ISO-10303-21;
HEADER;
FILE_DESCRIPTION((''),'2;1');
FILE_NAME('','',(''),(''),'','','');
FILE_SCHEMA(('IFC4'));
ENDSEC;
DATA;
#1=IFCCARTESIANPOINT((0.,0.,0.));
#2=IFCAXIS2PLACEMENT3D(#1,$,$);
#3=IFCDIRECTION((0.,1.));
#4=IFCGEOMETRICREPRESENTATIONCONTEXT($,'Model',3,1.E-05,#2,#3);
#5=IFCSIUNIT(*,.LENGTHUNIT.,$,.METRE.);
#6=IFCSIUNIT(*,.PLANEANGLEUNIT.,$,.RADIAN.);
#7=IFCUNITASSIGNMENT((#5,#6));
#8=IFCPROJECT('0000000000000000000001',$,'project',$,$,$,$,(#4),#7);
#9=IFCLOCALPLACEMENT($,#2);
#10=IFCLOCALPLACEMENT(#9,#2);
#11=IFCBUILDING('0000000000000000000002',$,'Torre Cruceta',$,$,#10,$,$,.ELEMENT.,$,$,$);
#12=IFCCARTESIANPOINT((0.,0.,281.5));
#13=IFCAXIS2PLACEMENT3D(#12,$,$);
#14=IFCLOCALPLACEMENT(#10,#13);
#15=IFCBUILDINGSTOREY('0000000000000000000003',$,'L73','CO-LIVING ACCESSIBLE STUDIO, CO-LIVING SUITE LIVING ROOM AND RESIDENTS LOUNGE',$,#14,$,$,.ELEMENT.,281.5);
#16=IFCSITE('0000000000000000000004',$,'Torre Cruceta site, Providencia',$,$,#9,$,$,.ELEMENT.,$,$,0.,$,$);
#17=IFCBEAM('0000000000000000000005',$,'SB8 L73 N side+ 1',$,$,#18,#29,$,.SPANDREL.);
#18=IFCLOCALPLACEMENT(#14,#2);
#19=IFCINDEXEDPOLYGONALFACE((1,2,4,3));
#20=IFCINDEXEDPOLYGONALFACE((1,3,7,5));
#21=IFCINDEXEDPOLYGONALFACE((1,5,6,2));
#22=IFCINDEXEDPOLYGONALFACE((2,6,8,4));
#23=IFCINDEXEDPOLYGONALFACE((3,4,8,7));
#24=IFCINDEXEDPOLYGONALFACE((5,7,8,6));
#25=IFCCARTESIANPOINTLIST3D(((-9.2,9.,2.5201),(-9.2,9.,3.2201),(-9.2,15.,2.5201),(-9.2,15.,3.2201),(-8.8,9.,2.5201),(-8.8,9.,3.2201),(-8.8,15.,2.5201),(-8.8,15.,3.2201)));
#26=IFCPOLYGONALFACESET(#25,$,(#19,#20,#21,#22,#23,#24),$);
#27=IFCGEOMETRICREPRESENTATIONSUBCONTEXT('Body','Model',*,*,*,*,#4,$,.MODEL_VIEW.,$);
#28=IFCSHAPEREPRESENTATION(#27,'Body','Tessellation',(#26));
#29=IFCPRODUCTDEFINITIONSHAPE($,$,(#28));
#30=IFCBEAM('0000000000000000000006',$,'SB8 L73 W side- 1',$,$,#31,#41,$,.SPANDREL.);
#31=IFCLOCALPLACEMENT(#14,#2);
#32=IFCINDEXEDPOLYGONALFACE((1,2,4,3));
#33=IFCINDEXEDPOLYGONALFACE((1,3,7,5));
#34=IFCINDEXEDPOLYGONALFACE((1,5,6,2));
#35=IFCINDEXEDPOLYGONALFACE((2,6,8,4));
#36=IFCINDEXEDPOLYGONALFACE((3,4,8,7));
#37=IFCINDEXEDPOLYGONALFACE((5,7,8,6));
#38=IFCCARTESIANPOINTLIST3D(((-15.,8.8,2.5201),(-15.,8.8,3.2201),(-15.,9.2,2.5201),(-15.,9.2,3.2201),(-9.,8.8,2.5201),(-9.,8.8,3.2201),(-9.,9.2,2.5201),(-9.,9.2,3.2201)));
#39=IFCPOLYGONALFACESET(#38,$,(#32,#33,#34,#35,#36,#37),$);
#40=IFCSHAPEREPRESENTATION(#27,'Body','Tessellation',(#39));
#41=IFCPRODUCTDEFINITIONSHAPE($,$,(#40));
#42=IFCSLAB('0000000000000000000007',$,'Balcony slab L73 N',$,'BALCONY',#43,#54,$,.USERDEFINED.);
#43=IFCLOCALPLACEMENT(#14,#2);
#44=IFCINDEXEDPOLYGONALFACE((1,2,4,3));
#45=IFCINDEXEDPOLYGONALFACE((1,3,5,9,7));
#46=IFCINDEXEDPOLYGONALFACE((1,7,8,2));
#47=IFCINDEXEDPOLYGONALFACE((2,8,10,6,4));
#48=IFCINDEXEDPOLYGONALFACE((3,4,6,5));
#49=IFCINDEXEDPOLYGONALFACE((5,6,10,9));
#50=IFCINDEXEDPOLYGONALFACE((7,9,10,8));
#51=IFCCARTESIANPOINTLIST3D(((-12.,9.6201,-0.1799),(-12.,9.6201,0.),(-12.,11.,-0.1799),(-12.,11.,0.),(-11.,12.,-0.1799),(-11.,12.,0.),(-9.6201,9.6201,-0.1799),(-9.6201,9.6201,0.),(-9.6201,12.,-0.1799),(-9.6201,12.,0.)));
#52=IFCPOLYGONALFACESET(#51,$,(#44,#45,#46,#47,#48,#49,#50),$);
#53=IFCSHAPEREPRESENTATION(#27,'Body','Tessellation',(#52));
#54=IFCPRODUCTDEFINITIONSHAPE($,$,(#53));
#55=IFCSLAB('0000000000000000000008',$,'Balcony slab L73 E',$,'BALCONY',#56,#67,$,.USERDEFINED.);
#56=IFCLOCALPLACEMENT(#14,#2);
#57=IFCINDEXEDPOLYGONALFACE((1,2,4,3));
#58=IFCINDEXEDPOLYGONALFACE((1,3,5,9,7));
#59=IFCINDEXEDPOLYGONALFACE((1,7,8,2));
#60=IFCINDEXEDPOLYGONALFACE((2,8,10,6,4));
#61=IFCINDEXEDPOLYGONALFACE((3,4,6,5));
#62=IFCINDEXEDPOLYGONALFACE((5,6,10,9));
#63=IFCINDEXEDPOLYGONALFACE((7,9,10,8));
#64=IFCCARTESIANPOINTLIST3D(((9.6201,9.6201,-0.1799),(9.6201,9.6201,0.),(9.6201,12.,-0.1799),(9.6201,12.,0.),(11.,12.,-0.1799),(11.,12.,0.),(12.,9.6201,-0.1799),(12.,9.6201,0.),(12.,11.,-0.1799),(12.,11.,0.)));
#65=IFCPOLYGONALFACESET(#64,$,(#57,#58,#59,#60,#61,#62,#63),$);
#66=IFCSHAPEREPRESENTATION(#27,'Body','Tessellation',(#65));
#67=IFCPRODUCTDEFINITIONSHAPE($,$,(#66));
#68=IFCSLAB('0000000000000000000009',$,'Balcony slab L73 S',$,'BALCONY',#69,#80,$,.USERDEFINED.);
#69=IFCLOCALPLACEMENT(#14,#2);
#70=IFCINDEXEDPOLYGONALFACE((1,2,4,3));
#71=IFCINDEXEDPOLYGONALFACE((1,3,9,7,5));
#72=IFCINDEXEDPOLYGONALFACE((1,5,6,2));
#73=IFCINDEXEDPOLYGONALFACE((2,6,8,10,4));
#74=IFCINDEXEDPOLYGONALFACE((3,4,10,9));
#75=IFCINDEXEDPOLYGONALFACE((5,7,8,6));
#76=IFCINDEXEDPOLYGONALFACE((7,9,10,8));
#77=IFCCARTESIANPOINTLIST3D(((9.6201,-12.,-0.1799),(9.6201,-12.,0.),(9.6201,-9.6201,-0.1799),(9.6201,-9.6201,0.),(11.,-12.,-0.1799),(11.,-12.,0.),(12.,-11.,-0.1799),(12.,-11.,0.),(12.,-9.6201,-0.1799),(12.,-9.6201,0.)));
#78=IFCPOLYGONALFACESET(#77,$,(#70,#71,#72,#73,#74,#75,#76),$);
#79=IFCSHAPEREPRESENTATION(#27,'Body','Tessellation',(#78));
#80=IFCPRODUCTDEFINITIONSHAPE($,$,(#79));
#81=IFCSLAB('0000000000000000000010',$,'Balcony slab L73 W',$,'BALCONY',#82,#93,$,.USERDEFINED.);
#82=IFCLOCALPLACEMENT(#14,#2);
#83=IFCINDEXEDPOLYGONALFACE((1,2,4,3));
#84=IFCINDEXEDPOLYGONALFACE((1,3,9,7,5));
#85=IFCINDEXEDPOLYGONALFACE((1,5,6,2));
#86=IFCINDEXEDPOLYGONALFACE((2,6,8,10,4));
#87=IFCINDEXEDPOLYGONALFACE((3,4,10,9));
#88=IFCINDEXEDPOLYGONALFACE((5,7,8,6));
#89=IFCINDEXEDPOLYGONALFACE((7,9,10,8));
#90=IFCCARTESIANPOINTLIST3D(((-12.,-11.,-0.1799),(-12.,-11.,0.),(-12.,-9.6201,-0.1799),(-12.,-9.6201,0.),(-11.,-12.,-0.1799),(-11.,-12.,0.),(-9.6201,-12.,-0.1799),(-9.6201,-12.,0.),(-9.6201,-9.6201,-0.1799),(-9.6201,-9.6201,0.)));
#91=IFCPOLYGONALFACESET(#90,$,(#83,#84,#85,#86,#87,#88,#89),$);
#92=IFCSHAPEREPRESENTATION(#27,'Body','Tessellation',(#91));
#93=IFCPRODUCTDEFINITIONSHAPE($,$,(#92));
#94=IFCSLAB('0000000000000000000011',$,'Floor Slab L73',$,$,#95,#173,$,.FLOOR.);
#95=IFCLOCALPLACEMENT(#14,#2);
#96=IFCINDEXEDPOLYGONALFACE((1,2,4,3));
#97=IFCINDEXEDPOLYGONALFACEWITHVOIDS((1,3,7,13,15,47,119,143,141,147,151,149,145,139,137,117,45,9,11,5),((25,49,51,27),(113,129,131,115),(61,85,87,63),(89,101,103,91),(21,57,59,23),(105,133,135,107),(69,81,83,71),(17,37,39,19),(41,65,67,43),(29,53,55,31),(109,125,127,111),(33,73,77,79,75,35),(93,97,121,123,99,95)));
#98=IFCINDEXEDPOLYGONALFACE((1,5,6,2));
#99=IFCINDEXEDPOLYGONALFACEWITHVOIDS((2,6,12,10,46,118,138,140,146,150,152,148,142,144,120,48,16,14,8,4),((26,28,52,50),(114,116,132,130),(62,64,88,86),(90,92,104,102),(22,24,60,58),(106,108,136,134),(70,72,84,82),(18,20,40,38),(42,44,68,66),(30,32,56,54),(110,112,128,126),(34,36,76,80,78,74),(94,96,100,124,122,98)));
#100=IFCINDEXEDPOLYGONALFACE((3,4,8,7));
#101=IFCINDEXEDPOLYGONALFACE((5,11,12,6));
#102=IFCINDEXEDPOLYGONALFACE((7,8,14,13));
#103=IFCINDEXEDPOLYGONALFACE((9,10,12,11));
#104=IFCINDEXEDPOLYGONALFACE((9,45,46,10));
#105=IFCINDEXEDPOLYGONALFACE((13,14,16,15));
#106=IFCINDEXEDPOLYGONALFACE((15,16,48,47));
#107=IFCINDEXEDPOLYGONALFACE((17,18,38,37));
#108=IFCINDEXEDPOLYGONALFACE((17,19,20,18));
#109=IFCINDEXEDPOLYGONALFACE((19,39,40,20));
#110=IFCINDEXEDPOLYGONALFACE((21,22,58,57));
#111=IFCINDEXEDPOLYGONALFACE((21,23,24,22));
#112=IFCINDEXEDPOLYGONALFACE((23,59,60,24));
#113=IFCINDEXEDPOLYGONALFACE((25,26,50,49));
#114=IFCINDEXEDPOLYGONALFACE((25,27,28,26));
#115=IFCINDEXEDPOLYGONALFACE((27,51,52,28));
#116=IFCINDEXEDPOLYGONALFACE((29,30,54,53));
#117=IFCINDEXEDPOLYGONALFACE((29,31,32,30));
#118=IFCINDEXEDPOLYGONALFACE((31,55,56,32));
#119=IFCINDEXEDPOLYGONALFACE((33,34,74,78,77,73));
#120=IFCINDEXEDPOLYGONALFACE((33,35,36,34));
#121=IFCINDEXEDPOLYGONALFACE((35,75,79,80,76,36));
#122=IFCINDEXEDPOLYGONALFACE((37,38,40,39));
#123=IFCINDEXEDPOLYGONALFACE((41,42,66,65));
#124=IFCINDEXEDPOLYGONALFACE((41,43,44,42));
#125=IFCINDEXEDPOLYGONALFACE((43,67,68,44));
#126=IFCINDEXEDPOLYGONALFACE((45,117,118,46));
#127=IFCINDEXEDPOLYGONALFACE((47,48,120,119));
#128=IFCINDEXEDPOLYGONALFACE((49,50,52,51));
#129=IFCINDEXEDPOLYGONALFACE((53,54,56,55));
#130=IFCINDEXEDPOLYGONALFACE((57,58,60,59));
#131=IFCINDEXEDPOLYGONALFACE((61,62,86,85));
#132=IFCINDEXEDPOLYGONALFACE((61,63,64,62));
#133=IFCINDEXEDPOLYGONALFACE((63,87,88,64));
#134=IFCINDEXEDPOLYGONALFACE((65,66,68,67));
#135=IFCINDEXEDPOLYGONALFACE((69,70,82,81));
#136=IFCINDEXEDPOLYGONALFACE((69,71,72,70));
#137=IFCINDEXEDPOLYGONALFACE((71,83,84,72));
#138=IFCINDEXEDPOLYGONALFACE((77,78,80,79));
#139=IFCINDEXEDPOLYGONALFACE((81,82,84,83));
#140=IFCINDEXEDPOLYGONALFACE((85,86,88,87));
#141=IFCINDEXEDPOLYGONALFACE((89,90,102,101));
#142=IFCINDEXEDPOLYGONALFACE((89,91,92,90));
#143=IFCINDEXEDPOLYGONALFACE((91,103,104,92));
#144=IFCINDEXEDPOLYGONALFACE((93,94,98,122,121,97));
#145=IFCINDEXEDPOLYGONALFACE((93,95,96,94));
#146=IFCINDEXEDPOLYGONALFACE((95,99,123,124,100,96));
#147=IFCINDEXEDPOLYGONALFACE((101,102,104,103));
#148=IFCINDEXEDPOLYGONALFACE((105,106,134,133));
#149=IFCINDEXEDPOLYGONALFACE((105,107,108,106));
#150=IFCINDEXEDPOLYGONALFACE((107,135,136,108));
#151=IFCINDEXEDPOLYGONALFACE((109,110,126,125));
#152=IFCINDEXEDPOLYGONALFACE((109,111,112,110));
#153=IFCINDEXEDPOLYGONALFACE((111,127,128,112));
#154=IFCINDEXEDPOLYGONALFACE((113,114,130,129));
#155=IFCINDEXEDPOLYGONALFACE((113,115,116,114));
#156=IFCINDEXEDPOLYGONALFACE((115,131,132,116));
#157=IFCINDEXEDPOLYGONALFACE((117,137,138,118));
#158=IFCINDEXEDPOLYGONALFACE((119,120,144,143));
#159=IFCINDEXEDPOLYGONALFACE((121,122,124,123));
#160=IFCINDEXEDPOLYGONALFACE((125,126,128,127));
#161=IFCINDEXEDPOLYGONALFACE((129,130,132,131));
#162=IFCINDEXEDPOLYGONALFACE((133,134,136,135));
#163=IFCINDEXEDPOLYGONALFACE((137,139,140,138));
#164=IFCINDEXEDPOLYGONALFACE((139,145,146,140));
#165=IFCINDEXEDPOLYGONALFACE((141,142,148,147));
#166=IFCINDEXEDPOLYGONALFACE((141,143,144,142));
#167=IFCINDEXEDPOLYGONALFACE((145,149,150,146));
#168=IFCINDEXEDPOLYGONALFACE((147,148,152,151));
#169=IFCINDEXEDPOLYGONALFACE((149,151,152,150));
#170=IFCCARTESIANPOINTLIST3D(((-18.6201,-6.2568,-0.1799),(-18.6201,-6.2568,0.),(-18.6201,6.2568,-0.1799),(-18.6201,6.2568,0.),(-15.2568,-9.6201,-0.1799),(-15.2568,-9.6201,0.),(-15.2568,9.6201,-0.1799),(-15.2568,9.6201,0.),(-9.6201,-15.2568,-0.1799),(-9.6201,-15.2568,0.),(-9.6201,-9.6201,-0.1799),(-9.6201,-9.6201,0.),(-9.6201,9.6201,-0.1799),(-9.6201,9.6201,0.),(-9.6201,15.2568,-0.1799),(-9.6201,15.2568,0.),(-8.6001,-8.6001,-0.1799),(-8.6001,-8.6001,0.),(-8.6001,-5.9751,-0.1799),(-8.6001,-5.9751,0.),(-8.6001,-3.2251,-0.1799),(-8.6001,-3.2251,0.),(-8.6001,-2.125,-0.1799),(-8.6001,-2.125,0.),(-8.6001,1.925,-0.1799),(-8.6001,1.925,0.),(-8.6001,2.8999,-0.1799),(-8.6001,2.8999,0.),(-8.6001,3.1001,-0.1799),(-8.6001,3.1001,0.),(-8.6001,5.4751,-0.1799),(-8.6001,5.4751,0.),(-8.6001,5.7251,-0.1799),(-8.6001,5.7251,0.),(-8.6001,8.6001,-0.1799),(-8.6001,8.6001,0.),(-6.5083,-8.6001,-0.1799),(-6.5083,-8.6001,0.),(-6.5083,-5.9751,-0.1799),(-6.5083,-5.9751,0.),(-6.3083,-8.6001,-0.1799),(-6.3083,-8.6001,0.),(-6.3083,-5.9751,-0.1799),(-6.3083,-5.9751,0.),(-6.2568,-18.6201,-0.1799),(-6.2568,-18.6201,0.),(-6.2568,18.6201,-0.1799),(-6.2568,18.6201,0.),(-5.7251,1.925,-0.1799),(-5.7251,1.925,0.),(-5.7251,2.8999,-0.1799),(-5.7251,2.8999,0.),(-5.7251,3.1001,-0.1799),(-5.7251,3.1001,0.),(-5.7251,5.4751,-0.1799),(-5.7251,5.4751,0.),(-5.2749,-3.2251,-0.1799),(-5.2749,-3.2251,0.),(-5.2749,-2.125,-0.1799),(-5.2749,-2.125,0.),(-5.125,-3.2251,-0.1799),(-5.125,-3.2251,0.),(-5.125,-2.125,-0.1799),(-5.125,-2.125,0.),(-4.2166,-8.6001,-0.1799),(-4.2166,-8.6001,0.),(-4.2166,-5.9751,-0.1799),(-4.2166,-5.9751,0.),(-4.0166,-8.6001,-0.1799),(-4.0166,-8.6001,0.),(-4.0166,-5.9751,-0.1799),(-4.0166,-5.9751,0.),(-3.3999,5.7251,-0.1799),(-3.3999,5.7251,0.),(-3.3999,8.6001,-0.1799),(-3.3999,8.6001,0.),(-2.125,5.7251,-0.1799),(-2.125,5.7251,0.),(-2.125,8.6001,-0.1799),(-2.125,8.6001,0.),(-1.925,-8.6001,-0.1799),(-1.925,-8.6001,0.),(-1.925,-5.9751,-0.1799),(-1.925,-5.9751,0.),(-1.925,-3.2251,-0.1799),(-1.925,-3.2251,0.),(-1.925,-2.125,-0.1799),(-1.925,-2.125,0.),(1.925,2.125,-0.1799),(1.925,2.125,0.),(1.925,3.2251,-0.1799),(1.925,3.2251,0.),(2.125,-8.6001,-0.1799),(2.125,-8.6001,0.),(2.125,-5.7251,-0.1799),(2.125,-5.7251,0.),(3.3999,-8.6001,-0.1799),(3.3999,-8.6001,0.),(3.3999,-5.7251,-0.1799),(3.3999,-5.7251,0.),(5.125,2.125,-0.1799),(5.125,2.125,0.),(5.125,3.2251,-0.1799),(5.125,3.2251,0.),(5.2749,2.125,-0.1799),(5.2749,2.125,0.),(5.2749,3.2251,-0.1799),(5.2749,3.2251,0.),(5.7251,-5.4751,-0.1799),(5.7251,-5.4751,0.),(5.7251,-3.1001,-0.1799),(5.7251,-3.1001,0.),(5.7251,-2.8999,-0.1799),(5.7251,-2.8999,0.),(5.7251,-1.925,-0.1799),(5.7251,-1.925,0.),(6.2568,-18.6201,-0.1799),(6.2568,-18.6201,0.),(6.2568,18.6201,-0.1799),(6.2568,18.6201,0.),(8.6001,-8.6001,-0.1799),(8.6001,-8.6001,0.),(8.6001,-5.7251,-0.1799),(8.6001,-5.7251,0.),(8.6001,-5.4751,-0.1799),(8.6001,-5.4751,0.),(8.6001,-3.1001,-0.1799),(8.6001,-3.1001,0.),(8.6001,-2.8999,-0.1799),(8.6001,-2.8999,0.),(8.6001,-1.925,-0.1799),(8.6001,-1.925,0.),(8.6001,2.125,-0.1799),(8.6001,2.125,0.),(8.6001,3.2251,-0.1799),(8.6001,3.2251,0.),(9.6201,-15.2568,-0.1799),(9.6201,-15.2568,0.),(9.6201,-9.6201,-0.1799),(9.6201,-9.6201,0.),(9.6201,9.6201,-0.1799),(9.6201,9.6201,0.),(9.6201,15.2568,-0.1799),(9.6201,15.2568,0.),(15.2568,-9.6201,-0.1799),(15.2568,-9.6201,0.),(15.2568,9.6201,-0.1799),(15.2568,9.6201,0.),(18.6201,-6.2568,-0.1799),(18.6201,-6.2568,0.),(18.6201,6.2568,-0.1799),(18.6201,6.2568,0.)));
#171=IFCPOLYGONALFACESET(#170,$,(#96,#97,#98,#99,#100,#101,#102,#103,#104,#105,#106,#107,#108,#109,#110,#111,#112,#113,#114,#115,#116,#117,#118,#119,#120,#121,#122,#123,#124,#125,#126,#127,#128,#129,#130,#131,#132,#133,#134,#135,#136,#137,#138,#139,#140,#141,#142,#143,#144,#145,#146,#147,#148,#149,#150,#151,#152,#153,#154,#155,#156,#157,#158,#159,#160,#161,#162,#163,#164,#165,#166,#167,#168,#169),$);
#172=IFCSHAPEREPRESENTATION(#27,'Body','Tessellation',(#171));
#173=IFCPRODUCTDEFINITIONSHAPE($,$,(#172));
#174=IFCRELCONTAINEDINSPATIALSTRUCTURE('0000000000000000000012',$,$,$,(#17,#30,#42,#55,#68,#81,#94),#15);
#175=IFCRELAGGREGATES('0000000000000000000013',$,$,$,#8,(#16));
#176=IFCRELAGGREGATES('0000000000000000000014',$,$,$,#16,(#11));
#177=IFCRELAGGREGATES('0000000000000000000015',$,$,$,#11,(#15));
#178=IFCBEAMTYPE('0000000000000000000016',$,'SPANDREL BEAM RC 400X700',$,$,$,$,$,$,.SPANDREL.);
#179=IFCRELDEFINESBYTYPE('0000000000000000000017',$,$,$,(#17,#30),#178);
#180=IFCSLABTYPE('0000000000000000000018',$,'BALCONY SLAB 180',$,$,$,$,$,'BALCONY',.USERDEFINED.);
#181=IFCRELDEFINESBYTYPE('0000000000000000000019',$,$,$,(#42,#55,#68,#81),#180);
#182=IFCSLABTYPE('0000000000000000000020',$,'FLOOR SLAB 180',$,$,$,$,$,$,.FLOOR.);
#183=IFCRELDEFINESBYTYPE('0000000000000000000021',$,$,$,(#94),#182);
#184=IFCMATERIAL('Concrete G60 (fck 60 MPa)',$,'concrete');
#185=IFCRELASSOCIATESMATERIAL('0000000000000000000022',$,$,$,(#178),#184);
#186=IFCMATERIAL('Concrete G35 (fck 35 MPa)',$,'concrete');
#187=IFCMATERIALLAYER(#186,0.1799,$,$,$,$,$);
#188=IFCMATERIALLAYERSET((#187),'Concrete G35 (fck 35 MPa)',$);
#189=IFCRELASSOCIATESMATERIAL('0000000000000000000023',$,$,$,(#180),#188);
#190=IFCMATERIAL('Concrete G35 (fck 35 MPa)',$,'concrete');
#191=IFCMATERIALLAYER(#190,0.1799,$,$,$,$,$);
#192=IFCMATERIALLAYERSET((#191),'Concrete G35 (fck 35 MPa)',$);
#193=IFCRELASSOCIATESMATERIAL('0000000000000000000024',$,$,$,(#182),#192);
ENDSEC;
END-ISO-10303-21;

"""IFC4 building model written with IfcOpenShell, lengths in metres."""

from ifc_helpers import new_model, si_unit, direction, frame, origin, origin_2d, place, context, subcontext, project, spatial, polyline, rectangle, outline, extrude, material, layer, layer_set, material_profile, profile_set, type_object, element, save


model = new_model("IFC4")

# Units and contexts
model_context = context("Model", 3, precision=1e-05, world=origin(), true_north=direction((0.0, 1.0)))
body_context = subcontext(model_context, "Body", "Model", "MODEL_VIEW")
ifc_project = project(units=[si_unit("LENGTHUNIT", "METRE"), si_unit("PLANEANGLEUNIT", "RADIAN")], contexts=[model_context])

# Site, building, storey
site_placement = place(None, origin())
site = spatial("IfcSite", under=ifc_project, at=site_placement, Name="Torre Cruceta site, Providencia", CompositionType="ELEMENT", RefElevation=0.0)
building_placement = place(site_placement, origin())
building = spatial("IfcBuilding", under=site, at=building_placement, Name="Torre Cruceta", CompositionType="ELEMENT")
storey_placement = place(building_placement, frame((0.0, 0.0, 281.5)))
storey = spatial("IfcBuildingStorey", under=building, at=storey_placement, Name="L73", Description="CO-LIVING ACCESSIBLE STUDIO, CO-LIVING SUITE LIVING ROOM AND RESIDENTS LOUNGE", CompositionType="ELEMENT", Elevation=281.5)

# Beams
ifc_material_1 = material(Name="Concrete G60 (fck 60 MPa)", Category="concrete")
ifc_material_profile = material_profile(ifc_material_1, rectangle(XDim=0.3999, YDim=0.7, at=origin_2d()), Name="RC 400X700")
ifc_profile_set = profile_set([ifc_material_profile], Name="Concrete G60 (fck 60 MPa)")
beam_type = type_object("IfcBeamType", Name="SPANDREL BEAM RC 400X700", PredefinedType="SPANDREL", material=ifc_profile_set)
for number, where, z_axis, x_axis, name in (
    (1, (-9.0, 9.0, 2.8701), (0.0, 1.0, 0.0), (-1.0, 0.0, 0.0), "SB8 L73 N side+ 1"),
    (2, (-9.0, 9.0, 2.8701), (-1.0, 0.0, 0.0), (0.0, -1.0, 0.0), "SB8 L73 W side- 1"),
):
    element("IfcBeam", number, at=place(storey_placement, frame(where, z_axis=z_axis, x_axis=x_axis)), inside=storey, type_object=beam_type, Name=name, PredefinedType="SPANDREL", context=body_context, shape_type="SweptSolid", body=[
        extrude(rectangle(XDim=0.3999, YDim=0.7, at=origin_2d()), origin(), (0.0, 0.0, 1.0), 6.0),
    ])

# Slabs
ifc_material_2 = material(Name="Concrete G35 (fck 35 MPa)", Category="concrete")
ifc_layer_1 = layer(ifc_material_2, 0.1799)
ifc_layer_set_1 = layer_set([ifc_layer_1], Name="Concrete G35 (fck 35 MPa)")
slab_type_1 = type_object("IfcSlabType", Name="BALCONY SLAB 180", ElementType="BALCONY", PredefinedType="USERDEFINED", material=ifc_layer_set_1)
slab_1_placement = place(storey_placement, frame((0.0, 0.0, -0.1799)))
element("IfcSlab", 3, at=slab_1_placement, inside=storey, type_object=slab_type_1, Name="Balcony slab L73 N", ObjectType="BALCONY", PredefinedType="USERDEFINED", context=body_context, shape_type="SweptSolid", body=[
    extrude(outline(polyline([(-12.0, 11.0), (-11.0, 12.0), (-9.6201, 12.0), (-9.6201, 9.6201), (-12.0, 9.6201), (-12.0, 11.0)])), origin(), (0.0, 0.0, 1.0), 0.1799),
])
slab_2_placement = place(storey_placement, frame((0.0, 0.0, -0.1799)))
element("IfcSlab", 4, at=slab_2_placement, inside=storey, type_object=slab_type_1, Name="Balcony slab L73 E", ObjectType="BALCONY", PredefinedType="USERDEFINED", context=body_context, shape_type="SweptSolid", body=[
    extrude(outline(polyline([(11.0, 12.0), (12.0, 11.0), (12.0, 9.6201), (9.6201, 9.6201), (9.6201, 12.0), (11.0, 12.0)])), origin(), (0.0, 0.0, 1.0), 0.1799),
])
slab_3_placement = place(storey_placement, frame((0.0, 0.0, -0.1799)))
element("IfcSlab", 5, at=slab_3_placement, inside=storey, type_object=slab_type_1, Name="Balcony slab L73 S", ObjectType="BALCONY", PredefinedType="USERDEFINED", context=body_context, shape_type="SweptSolid", body=[
    extrude(outline(polyline([(12.0, -11.0), (11.0, -12.0), (9.6201, -12.0), (9.6201, -9.6201), (12.0, -9.6201), (12.0, -11.0)])), origin(), (0.0, 0.0, 1.0), 0.1799),
])
slab_4_placement = place(storey_placement, frame((0.0, 0.0, -0.1799)))
element("IfcSlab", 6, at=slab_4_placement, inside=storey, type_object=slab_type_1, Name="Balcony slab L73 W", ObjectType="BALCONY", PredefinedType="USERDEFINED", context=body_context, shape_type="SweptSolid", body=[
    extrude(outline(polyline([(-11.0, -12.0), (-12.0, -11.0), (-12.0, -9.6201), (-9.6201, -9.6201), (-9.6201, -12.0), (-11.0, -12.0)])), origin(), (0.0, 0.0, 1.0), 0.1799),
])
ifc_material_3 = material(Name="Concrete G35 (fck 35 MPa)", Category="concrete")
ifc_layer_2 = layer(ifc_material_3, 0.1799)
ifc_layer_set_2 = layer_set([ifc_layer_2], Name="Concrete G35 (fck 35 MPa)")
slab_type_2 = type_object("IfcSlabType", Name="FLOOR SLAB 180", PredefinedType="FLOOR", material=ifc_layer_set_2)
slab_5_placement = place(storey_placement, frame((0.0, 0.0, -0.1799)))
element("IfcSlab", 7, at=slab_5_placement, inside=storey, type_object=slab_type_2, Name="Floor Slab L73", PredefinedType="FLOOR", context=body_context, shape_type="SweptSolid", body=[
    extrude(outline(polyline([(9.6201, -9.6201), (9.6201, -15.2568), (6.2568, -18.6201), (-6.2568, -18.6201), (-9.6201, -15.2568), (-9.6201, -9.6201), (-15.2568, -9.6201), (-18.6201, -6.2568), (-18.6201, 6.2568), (-15.2568, 9.6201), (-9.6201, 9.6201), (-9.6201, 15.2568), (-6.2568, 18.6201), (6.2568, 18.6201), (9.6201, 15.2568), (9.6201, 9.6201), (15.2568, 9.6201), (18.6201, 6.2568), (18.6201, -6.2568), (15.2568, -9.6201), (9.6201, -9.6201)]), holes=[polyline([(1.925, 2.125), (5.125, 2.125), (5.125, 3.2251), (1.925, 3.2251), (1.925, 2.125)]), polyline([(5.2749, 2.125), (8.6001, 2.125), (8.6001, 3.2251), (5.2749, 3.2251), (5.2749, 2.125)]), polyline([(-8.6001, 3.1001), (-5.7251, 3.1001), (-5.7251, 5.4751), (-8.6001, 5.4751), (-8.6001, 3.1001)]), polyline([(-8.6001, 1.925), (-5.7251, 1.925), (-5.7251, 2.8999), (-8.6001, 2.8999), (-8.6001, 1.925)]), polyline([(-4.0166, -8.6001), (-1.925, -8.6001), (-1.925, -5.9751), (-4.0166, -5.9751), (-4.0166, -8.6001)]), polyline([(-6.3083, -8.6001), (-4.2166, -8.6001), (-4.2166, -5.9751), (-6.3083, -5.9751), (-6.3083, -8.6001)]), polyline([(-8.6001, -8.6001), (-6.5083, -8.6001), (-6.5083, -5.9751), (-8.6001, -5.9751), (-8.6001, -8.6001)]), polyline([(-5.125, -3.2251), (-1.925, -3.2251), (-1.925, -2.125), (-5.125, -2.125), (-5.125, -3.2251)]), polyline([(-8.6001, -3.2251), (-5.2749, -3.2251), (-5.2749, -2.125), (-8.6001, -2.125), (-8.6001, -3.2251)]), polyline([(5.7251, -5.4751), (8.6001, -5.4751), (8.6001, -3.1001), (5.7251, -3.1001), (5.7251, -5.4751)]), polyline([(5.7251, -2.8999), (8.6001, -2.8999), (8.6001, -1.925), (5.7251, -1.925), (5.7251, -2.8999)]), polyline([(-8.6001, 5.7251), (-8.6001, 8.6001), (-3.3999, 8.6001), (-2.125, 8.6001), (-2.125, 5.7251), (-3.3999, 5.7251), (-8.6001, 5.7251)]), polyline([(2.125, -5.7251), (3.3999, -5.7251), (8.6001, -5.7251), (8.6001, -8.6001), (3.3999, -8.6001), (2.125, -8.6001), (2.125, -5.7251)])]), origin(), (0.0, 0.0, 1.0), 0.1799),
])

save(model, "model.ifc")
